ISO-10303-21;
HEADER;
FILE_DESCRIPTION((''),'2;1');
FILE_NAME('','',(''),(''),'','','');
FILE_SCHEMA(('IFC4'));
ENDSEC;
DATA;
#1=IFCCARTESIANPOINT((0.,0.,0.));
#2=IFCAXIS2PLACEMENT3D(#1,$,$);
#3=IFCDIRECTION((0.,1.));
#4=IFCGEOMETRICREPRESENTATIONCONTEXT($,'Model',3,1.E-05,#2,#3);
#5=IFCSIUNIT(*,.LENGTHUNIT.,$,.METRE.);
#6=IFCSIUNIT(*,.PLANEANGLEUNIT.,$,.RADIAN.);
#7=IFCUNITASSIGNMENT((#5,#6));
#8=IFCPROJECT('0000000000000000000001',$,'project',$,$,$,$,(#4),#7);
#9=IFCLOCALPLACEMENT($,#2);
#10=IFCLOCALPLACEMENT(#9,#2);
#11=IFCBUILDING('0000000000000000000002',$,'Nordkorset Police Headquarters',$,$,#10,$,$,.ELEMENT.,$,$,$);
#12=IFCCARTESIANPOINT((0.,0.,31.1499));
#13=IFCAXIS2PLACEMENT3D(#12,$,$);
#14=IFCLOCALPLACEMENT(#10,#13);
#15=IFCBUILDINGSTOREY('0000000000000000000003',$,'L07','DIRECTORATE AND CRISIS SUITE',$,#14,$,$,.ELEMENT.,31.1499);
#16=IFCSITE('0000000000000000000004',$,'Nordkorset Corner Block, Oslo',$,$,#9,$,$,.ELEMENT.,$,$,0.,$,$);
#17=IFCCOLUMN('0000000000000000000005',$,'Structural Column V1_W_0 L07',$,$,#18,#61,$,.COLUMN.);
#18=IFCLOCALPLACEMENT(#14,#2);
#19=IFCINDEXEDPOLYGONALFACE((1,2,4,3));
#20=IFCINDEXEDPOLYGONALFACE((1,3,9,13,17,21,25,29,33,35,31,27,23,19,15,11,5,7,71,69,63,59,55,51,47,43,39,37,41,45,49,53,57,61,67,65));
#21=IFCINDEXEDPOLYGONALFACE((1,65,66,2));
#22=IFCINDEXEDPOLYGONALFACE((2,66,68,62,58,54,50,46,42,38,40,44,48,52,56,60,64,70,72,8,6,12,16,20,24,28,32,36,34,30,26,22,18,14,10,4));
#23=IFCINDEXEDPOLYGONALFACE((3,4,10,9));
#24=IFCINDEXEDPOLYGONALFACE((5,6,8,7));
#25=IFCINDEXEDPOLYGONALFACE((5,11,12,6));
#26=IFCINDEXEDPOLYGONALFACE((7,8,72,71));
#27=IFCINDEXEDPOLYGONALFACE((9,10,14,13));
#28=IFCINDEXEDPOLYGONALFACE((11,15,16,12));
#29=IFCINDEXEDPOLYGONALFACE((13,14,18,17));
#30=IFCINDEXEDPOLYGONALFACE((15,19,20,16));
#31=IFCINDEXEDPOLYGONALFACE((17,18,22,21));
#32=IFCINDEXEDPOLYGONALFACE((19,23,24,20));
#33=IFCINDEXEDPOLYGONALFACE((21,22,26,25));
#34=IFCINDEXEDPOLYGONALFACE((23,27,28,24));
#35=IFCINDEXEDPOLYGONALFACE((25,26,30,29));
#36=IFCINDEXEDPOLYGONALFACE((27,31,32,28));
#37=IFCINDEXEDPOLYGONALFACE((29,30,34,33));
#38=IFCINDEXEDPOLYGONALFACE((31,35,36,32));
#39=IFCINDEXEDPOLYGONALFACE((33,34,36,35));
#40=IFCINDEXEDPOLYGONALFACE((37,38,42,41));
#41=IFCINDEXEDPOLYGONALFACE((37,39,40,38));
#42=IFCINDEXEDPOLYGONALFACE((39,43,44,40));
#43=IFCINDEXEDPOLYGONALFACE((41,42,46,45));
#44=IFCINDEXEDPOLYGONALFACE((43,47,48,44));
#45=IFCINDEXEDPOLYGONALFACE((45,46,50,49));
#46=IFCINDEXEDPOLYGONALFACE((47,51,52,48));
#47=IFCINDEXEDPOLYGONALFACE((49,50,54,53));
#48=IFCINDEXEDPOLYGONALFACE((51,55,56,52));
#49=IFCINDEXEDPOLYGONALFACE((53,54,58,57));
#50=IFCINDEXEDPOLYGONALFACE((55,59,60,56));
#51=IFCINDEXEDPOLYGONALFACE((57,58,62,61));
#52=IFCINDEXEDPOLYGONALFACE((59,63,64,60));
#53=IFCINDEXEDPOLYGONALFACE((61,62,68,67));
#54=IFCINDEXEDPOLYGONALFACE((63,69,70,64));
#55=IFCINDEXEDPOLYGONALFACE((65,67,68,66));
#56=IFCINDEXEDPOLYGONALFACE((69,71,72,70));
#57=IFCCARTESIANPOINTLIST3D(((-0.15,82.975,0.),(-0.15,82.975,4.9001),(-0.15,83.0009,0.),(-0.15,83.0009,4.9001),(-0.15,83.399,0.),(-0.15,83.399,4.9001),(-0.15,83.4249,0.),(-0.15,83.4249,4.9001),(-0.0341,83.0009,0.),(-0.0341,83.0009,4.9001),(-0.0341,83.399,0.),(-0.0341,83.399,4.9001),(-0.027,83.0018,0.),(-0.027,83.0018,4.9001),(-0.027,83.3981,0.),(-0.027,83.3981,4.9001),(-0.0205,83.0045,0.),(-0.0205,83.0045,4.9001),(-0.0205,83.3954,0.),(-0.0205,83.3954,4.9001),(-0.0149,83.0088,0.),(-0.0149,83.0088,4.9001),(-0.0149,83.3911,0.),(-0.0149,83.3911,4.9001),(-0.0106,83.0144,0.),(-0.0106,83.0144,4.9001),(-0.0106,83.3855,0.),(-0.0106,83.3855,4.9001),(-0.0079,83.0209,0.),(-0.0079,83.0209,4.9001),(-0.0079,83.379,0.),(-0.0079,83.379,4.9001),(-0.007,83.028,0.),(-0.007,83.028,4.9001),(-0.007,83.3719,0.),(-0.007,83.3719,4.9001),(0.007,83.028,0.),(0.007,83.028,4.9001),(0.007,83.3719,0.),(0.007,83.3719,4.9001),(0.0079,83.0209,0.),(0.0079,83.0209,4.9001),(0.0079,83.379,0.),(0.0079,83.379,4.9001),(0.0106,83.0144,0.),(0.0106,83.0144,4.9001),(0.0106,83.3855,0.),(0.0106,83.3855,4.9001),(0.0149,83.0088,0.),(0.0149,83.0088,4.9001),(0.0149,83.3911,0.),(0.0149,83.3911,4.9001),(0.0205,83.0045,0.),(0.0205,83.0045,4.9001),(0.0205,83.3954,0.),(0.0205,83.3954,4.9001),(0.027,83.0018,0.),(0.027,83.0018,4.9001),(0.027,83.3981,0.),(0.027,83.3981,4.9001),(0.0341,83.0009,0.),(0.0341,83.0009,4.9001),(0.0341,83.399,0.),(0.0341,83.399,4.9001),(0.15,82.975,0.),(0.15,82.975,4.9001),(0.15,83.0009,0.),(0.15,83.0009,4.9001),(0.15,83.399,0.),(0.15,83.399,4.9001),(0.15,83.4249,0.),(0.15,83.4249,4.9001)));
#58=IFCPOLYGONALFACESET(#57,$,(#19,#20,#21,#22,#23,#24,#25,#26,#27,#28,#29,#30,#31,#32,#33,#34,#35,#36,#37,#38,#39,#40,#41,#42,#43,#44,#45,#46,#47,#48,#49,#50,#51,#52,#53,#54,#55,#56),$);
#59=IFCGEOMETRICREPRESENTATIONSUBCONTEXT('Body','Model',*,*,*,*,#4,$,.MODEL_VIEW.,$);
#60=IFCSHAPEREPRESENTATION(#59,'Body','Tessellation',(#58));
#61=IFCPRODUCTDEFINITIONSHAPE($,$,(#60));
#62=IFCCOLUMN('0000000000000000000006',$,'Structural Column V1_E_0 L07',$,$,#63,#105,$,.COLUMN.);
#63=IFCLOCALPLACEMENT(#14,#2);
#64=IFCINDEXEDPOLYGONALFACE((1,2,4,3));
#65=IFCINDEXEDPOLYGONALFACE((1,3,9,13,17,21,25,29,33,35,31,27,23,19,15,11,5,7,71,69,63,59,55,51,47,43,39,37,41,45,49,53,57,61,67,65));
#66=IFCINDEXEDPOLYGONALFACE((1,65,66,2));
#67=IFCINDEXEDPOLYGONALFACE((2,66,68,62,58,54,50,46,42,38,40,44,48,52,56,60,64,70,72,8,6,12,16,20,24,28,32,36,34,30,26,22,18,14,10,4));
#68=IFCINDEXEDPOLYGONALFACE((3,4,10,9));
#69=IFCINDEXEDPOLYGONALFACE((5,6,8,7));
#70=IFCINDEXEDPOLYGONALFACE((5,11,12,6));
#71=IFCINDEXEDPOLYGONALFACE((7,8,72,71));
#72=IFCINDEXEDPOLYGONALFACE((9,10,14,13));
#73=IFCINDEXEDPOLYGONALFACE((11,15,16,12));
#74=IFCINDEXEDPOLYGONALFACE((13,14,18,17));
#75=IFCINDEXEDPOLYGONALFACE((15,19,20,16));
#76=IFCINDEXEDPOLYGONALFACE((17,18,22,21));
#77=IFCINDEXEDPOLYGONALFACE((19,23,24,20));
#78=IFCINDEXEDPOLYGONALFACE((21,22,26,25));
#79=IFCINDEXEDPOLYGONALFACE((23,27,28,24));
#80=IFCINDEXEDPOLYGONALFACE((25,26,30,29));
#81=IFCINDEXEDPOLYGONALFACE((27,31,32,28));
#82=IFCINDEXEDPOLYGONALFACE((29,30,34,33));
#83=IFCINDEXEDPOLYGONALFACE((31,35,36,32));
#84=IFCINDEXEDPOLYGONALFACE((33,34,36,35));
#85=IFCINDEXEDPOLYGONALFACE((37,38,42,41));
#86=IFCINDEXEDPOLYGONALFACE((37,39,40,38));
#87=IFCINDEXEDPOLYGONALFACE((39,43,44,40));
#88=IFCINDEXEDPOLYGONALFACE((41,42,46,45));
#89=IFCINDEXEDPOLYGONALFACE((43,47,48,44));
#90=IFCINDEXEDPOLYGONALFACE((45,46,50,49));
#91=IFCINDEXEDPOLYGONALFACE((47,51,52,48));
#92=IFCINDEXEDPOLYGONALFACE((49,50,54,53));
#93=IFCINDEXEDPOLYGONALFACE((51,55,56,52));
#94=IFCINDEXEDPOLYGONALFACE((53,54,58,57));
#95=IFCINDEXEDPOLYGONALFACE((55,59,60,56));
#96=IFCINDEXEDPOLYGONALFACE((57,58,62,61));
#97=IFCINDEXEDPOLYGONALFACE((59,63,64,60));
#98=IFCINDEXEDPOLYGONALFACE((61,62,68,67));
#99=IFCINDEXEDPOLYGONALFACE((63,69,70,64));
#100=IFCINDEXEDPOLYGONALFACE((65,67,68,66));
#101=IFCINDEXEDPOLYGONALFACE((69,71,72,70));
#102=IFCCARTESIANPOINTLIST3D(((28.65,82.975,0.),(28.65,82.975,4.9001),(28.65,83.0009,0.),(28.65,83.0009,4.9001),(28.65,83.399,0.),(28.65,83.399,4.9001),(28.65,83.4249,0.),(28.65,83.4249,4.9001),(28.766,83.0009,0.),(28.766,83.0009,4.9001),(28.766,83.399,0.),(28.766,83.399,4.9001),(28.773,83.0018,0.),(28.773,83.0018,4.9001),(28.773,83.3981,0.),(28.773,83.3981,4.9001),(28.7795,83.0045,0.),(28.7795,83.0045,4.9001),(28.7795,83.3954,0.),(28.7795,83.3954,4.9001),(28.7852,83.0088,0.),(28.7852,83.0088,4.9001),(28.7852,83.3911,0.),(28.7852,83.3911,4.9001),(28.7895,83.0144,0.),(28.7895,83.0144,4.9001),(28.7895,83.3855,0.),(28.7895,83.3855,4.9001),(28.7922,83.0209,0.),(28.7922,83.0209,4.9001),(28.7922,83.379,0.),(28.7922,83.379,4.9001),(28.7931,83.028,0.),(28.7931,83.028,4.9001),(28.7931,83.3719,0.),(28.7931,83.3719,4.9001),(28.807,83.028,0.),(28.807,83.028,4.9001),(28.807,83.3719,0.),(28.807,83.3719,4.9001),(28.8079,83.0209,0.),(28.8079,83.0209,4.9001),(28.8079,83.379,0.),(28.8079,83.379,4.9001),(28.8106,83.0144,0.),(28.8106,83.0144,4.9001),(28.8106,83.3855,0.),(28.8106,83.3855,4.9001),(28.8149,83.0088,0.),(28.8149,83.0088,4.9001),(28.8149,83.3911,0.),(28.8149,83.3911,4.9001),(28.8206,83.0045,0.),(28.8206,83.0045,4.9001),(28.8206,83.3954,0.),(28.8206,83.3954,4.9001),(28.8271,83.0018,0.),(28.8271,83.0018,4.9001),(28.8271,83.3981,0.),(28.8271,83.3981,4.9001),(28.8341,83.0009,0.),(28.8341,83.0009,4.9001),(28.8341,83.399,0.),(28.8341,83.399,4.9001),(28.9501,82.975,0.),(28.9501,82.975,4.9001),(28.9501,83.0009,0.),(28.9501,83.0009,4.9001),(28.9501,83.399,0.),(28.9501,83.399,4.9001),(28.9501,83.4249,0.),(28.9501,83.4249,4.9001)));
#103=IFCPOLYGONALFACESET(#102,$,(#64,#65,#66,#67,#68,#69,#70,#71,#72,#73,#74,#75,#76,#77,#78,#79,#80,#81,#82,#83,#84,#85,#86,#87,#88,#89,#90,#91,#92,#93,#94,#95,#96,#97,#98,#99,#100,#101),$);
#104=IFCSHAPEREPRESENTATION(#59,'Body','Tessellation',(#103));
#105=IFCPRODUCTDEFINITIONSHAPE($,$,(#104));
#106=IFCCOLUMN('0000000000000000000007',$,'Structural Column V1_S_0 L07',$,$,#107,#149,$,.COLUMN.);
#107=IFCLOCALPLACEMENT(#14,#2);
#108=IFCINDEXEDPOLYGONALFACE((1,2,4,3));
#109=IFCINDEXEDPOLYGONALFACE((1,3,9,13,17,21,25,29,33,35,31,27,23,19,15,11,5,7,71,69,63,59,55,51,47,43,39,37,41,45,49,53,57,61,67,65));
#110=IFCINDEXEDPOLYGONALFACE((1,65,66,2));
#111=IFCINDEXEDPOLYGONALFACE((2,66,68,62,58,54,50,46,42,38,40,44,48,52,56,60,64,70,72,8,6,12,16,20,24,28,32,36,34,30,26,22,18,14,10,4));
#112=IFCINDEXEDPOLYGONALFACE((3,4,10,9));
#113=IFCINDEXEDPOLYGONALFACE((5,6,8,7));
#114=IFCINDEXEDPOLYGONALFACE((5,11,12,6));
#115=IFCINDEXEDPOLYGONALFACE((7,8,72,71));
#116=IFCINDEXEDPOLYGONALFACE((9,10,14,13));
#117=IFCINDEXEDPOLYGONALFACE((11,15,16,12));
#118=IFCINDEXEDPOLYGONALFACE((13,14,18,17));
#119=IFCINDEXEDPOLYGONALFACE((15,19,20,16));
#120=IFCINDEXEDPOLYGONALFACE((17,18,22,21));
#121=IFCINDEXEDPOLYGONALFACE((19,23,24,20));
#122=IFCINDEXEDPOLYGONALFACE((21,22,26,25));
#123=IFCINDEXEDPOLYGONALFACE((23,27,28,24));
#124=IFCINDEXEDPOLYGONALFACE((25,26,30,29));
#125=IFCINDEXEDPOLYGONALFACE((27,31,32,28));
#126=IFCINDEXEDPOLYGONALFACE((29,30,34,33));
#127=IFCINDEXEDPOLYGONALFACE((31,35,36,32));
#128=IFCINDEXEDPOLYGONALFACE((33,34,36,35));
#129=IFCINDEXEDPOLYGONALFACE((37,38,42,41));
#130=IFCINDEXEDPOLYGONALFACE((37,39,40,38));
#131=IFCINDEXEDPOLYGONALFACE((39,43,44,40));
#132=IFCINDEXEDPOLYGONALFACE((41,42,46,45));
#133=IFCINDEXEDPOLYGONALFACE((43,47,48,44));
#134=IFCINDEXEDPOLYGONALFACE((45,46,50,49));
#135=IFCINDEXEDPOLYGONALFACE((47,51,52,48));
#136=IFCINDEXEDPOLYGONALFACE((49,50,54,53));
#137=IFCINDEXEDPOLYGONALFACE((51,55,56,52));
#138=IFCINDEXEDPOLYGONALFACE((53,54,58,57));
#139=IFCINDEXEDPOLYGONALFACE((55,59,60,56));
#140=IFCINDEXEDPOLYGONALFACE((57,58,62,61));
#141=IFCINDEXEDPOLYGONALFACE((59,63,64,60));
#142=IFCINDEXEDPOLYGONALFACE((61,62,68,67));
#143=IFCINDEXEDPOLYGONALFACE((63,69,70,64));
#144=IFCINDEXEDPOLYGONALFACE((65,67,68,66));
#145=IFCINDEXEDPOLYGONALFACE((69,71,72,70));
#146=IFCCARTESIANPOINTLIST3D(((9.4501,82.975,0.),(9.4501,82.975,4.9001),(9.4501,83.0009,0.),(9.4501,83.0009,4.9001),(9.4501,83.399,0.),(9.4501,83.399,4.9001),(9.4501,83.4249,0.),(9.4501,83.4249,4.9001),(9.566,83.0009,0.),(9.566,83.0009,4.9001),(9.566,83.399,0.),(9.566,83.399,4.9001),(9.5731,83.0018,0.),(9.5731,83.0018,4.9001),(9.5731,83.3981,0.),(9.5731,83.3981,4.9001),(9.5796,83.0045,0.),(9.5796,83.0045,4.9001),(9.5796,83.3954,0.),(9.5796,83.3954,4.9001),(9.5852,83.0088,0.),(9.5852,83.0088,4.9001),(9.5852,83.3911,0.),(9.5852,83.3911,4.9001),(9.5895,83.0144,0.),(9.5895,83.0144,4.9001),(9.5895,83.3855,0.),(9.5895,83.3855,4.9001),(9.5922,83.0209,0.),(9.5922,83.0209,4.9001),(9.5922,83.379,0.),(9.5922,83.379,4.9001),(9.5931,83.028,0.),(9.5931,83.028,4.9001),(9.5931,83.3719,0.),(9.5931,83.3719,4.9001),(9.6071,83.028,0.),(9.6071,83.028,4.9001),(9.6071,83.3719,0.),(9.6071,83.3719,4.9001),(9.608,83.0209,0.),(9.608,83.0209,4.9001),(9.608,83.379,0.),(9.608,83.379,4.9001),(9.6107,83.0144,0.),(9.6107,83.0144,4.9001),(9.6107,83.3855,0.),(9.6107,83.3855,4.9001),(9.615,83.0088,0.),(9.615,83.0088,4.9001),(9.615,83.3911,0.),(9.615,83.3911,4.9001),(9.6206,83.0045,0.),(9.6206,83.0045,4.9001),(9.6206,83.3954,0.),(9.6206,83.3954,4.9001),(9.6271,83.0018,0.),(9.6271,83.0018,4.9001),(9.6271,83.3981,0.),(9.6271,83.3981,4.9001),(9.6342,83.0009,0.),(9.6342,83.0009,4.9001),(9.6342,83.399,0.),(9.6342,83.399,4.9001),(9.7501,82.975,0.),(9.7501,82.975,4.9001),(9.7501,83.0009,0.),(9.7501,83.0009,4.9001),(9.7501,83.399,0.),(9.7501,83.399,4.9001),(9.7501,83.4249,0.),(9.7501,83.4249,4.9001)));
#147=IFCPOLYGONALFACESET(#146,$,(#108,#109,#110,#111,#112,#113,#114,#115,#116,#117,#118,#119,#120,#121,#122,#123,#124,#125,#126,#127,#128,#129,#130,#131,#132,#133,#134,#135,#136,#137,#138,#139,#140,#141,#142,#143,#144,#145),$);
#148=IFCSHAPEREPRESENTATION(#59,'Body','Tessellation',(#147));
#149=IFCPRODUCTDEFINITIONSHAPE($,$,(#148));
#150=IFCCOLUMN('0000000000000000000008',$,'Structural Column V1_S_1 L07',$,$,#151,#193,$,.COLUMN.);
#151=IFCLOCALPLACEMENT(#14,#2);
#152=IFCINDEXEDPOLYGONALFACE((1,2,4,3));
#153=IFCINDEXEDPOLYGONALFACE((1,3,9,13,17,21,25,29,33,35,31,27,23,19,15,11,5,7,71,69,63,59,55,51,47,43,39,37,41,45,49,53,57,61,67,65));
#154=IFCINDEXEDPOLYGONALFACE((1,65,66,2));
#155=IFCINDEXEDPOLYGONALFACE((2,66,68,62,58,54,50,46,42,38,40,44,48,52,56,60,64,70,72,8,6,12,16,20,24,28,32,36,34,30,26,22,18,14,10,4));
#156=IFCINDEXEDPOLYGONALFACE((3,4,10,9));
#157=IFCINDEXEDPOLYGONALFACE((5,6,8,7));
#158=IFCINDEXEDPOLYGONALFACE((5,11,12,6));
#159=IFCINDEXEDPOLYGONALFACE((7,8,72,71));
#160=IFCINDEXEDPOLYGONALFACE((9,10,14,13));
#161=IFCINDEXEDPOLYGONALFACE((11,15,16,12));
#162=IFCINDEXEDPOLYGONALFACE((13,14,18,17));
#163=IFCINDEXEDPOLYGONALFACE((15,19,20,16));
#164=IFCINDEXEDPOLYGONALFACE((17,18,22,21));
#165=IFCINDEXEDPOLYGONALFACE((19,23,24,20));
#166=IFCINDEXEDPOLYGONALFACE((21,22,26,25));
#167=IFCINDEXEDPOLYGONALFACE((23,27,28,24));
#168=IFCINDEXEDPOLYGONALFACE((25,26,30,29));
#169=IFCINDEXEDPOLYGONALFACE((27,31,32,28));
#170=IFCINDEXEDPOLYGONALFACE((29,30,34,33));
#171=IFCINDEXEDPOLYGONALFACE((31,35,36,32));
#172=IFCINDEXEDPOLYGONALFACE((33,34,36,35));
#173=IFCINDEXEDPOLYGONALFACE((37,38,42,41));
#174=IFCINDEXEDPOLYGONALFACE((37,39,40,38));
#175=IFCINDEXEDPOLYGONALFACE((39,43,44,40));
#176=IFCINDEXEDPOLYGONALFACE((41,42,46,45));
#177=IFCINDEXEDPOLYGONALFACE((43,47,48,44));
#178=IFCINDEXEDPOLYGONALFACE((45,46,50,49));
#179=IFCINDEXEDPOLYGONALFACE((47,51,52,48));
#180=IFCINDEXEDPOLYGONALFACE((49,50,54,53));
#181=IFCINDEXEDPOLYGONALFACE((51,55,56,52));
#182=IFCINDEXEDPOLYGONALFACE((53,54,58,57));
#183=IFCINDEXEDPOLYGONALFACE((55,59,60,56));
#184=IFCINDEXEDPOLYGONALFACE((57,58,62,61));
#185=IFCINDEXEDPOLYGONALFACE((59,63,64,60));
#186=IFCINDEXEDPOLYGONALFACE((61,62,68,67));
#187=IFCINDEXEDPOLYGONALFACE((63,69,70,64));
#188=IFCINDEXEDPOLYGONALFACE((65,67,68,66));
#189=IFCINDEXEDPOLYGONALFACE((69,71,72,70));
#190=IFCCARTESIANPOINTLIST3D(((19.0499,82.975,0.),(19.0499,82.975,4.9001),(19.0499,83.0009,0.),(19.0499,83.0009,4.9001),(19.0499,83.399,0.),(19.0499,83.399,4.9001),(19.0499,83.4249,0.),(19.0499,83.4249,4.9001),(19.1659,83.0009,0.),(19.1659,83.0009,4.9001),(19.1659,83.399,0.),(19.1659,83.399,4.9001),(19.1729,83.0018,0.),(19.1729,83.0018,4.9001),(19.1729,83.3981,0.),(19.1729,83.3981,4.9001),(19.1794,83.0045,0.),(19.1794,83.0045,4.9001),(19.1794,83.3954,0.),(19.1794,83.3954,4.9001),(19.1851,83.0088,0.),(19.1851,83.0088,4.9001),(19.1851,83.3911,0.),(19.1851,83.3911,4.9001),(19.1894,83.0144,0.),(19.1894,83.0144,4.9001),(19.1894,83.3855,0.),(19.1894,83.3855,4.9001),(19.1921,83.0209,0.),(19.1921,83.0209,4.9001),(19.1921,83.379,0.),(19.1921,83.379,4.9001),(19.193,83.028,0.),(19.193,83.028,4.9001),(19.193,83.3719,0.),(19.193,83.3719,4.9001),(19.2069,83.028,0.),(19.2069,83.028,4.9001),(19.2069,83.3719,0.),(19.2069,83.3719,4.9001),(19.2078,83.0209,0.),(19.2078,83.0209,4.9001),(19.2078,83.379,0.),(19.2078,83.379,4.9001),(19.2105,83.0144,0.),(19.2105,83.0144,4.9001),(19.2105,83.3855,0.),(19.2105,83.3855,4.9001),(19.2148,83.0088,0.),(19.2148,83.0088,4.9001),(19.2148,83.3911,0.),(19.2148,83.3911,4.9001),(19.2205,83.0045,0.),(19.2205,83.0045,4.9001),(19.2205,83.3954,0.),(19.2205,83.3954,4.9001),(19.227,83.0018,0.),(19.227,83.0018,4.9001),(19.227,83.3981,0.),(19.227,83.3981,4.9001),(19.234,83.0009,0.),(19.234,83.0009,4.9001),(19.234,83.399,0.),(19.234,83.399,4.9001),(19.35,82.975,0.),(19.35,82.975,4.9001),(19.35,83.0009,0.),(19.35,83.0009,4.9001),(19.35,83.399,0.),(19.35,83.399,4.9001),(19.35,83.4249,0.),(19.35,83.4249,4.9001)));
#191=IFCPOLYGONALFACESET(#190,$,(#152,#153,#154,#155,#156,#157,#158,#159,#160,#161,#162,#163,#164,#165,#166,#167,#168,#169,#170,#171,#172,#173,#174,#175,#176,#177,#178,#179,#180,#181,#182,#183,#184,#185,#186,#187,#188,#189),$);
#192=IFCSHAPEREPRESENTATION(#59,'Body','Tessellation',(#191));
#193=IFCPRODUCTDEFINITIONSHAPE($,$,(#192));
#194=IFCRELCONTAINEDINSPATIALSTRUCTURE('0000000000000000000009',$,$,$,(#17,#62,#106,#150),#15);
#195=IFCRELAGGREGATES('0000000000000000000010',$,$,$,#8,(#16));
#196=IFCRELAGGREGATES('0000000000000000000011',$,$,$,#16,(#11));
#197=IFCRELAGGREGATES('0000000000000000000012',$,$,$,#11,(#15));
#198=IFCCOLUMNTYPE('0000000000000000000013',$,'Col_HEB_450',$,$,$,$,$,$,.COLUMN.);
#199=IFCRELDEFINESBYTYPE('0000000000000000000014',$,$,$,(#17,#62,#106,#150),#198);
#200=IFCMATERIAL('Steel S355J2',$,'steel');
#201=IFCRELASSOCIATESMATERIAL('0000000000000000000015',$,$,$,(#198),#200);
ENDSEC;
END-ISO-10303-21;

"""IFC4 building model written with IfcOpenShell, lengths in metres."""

from ifc_helpers import new_model, si_unit, direction, frame, origin, origin_2d, place, context, subcontext, project, spatial, i_section, extrude, material, material_profile, profile_set, type_object, element, save


model = new_model("IFC4")

# Units and contexts
model_context = context("Model", 3, precision=1e-05, world=origin(), true_north=direction((0.0, 1.0)))
body_context = subcontext(model_context, "Body", "Model", "MODEL_VIEW")
ifc_project = project(units=[si_unit("LENGTHUNIT", "METRE"), si_unit("PLANEANGLEUNIT", "RADIAN")], contexts=[model_context])

# Site, building, storey
site_placement = place(None, origin())
site = spatial("IfcSite", under=ifc_project, at=site_placement, Name="Nordkorset Corner Block, Oslo", CompositionType="ELEMENT", RefElevation=0.0)
building_placement = place(site_placement, origin())
building = spatial("IfcBuilding", under=site, at=building_placement, Name="Nordkorset Police Headquarters", CompositionType="ELEMENT")
storey_placement = place(building_placement, frame((0.0, 0.0, 31.1499)))
storey = spatial("IfcBuildingStorey", under=building, at=storey_placement, Name="L07", Description="DIRECTORATE AND CRISIS SUITE", CompositionType="ELEMENT", Elevation=31.1499)

# Columns
ifc_material_1 = material(Name="Steel S355J2", Category="steel")
ifc_material_profile = material_profile(ifc_material_1, i_section(OverallWidth=0.3, OverallDepth=0.45, WebThickness=0.0139, FlangeThickness=0.0259, FilletRadius=0.0271, at=origin_2d()), Name="HEB 450")
ifc_profile_set = profile_set([ifc_material_profile], Name="Steel S355J2")
column_type = type_object("IfcColumnType", Name="Col_HEB_450", PredefinedType="COLUMN", material=ifc_profile_set)
for number, where, z_axis, x_axis, name in (
    (1, (0.0, 83.2, 0.0), (0.0, 0.0, 1.0), (1.0, 0.0, 0.0), "Structural Column V1_W_0 L07"),
    (2, (28.8, 83.2, 0.0), (0.0, 0.0, 1.0), (1.0, 0.0, 0.0), "Structural Column V1_E_0 L07"),
    (3, (9.6001, 83.2, 0.0), (0.0, 0.0, 1.0), (1.0, 0.0, 0.0), "Structural Column V1_S_0 L07"),
    (4, (19.2, 83.2, 0.0), (0.0, 0.0, 1.0), (1.0, 0.0, 0.0), "Structural Column V1_S_1 L07"),
):
    element("IfcColumn", number, at=place(storey_placement, frame(where, z_axis=z_axis, x_axis=x_axis)), inside=storey, type_object=column_type, Name=name, PredefinedType="COLUMN", context=body_context, shape_type="SweptSolid", body=[
        extrude(i_section(OverallWidth=0.3, OverallDepth=0.45, WebThickness=0.0139, FlangeThickness=0.0259, FilletRadius=0.0271, at=origin_2d()), origin(), (0.0, 0.0, 1.0), 4.9001),
    ])

save(model, "model.ifc")
